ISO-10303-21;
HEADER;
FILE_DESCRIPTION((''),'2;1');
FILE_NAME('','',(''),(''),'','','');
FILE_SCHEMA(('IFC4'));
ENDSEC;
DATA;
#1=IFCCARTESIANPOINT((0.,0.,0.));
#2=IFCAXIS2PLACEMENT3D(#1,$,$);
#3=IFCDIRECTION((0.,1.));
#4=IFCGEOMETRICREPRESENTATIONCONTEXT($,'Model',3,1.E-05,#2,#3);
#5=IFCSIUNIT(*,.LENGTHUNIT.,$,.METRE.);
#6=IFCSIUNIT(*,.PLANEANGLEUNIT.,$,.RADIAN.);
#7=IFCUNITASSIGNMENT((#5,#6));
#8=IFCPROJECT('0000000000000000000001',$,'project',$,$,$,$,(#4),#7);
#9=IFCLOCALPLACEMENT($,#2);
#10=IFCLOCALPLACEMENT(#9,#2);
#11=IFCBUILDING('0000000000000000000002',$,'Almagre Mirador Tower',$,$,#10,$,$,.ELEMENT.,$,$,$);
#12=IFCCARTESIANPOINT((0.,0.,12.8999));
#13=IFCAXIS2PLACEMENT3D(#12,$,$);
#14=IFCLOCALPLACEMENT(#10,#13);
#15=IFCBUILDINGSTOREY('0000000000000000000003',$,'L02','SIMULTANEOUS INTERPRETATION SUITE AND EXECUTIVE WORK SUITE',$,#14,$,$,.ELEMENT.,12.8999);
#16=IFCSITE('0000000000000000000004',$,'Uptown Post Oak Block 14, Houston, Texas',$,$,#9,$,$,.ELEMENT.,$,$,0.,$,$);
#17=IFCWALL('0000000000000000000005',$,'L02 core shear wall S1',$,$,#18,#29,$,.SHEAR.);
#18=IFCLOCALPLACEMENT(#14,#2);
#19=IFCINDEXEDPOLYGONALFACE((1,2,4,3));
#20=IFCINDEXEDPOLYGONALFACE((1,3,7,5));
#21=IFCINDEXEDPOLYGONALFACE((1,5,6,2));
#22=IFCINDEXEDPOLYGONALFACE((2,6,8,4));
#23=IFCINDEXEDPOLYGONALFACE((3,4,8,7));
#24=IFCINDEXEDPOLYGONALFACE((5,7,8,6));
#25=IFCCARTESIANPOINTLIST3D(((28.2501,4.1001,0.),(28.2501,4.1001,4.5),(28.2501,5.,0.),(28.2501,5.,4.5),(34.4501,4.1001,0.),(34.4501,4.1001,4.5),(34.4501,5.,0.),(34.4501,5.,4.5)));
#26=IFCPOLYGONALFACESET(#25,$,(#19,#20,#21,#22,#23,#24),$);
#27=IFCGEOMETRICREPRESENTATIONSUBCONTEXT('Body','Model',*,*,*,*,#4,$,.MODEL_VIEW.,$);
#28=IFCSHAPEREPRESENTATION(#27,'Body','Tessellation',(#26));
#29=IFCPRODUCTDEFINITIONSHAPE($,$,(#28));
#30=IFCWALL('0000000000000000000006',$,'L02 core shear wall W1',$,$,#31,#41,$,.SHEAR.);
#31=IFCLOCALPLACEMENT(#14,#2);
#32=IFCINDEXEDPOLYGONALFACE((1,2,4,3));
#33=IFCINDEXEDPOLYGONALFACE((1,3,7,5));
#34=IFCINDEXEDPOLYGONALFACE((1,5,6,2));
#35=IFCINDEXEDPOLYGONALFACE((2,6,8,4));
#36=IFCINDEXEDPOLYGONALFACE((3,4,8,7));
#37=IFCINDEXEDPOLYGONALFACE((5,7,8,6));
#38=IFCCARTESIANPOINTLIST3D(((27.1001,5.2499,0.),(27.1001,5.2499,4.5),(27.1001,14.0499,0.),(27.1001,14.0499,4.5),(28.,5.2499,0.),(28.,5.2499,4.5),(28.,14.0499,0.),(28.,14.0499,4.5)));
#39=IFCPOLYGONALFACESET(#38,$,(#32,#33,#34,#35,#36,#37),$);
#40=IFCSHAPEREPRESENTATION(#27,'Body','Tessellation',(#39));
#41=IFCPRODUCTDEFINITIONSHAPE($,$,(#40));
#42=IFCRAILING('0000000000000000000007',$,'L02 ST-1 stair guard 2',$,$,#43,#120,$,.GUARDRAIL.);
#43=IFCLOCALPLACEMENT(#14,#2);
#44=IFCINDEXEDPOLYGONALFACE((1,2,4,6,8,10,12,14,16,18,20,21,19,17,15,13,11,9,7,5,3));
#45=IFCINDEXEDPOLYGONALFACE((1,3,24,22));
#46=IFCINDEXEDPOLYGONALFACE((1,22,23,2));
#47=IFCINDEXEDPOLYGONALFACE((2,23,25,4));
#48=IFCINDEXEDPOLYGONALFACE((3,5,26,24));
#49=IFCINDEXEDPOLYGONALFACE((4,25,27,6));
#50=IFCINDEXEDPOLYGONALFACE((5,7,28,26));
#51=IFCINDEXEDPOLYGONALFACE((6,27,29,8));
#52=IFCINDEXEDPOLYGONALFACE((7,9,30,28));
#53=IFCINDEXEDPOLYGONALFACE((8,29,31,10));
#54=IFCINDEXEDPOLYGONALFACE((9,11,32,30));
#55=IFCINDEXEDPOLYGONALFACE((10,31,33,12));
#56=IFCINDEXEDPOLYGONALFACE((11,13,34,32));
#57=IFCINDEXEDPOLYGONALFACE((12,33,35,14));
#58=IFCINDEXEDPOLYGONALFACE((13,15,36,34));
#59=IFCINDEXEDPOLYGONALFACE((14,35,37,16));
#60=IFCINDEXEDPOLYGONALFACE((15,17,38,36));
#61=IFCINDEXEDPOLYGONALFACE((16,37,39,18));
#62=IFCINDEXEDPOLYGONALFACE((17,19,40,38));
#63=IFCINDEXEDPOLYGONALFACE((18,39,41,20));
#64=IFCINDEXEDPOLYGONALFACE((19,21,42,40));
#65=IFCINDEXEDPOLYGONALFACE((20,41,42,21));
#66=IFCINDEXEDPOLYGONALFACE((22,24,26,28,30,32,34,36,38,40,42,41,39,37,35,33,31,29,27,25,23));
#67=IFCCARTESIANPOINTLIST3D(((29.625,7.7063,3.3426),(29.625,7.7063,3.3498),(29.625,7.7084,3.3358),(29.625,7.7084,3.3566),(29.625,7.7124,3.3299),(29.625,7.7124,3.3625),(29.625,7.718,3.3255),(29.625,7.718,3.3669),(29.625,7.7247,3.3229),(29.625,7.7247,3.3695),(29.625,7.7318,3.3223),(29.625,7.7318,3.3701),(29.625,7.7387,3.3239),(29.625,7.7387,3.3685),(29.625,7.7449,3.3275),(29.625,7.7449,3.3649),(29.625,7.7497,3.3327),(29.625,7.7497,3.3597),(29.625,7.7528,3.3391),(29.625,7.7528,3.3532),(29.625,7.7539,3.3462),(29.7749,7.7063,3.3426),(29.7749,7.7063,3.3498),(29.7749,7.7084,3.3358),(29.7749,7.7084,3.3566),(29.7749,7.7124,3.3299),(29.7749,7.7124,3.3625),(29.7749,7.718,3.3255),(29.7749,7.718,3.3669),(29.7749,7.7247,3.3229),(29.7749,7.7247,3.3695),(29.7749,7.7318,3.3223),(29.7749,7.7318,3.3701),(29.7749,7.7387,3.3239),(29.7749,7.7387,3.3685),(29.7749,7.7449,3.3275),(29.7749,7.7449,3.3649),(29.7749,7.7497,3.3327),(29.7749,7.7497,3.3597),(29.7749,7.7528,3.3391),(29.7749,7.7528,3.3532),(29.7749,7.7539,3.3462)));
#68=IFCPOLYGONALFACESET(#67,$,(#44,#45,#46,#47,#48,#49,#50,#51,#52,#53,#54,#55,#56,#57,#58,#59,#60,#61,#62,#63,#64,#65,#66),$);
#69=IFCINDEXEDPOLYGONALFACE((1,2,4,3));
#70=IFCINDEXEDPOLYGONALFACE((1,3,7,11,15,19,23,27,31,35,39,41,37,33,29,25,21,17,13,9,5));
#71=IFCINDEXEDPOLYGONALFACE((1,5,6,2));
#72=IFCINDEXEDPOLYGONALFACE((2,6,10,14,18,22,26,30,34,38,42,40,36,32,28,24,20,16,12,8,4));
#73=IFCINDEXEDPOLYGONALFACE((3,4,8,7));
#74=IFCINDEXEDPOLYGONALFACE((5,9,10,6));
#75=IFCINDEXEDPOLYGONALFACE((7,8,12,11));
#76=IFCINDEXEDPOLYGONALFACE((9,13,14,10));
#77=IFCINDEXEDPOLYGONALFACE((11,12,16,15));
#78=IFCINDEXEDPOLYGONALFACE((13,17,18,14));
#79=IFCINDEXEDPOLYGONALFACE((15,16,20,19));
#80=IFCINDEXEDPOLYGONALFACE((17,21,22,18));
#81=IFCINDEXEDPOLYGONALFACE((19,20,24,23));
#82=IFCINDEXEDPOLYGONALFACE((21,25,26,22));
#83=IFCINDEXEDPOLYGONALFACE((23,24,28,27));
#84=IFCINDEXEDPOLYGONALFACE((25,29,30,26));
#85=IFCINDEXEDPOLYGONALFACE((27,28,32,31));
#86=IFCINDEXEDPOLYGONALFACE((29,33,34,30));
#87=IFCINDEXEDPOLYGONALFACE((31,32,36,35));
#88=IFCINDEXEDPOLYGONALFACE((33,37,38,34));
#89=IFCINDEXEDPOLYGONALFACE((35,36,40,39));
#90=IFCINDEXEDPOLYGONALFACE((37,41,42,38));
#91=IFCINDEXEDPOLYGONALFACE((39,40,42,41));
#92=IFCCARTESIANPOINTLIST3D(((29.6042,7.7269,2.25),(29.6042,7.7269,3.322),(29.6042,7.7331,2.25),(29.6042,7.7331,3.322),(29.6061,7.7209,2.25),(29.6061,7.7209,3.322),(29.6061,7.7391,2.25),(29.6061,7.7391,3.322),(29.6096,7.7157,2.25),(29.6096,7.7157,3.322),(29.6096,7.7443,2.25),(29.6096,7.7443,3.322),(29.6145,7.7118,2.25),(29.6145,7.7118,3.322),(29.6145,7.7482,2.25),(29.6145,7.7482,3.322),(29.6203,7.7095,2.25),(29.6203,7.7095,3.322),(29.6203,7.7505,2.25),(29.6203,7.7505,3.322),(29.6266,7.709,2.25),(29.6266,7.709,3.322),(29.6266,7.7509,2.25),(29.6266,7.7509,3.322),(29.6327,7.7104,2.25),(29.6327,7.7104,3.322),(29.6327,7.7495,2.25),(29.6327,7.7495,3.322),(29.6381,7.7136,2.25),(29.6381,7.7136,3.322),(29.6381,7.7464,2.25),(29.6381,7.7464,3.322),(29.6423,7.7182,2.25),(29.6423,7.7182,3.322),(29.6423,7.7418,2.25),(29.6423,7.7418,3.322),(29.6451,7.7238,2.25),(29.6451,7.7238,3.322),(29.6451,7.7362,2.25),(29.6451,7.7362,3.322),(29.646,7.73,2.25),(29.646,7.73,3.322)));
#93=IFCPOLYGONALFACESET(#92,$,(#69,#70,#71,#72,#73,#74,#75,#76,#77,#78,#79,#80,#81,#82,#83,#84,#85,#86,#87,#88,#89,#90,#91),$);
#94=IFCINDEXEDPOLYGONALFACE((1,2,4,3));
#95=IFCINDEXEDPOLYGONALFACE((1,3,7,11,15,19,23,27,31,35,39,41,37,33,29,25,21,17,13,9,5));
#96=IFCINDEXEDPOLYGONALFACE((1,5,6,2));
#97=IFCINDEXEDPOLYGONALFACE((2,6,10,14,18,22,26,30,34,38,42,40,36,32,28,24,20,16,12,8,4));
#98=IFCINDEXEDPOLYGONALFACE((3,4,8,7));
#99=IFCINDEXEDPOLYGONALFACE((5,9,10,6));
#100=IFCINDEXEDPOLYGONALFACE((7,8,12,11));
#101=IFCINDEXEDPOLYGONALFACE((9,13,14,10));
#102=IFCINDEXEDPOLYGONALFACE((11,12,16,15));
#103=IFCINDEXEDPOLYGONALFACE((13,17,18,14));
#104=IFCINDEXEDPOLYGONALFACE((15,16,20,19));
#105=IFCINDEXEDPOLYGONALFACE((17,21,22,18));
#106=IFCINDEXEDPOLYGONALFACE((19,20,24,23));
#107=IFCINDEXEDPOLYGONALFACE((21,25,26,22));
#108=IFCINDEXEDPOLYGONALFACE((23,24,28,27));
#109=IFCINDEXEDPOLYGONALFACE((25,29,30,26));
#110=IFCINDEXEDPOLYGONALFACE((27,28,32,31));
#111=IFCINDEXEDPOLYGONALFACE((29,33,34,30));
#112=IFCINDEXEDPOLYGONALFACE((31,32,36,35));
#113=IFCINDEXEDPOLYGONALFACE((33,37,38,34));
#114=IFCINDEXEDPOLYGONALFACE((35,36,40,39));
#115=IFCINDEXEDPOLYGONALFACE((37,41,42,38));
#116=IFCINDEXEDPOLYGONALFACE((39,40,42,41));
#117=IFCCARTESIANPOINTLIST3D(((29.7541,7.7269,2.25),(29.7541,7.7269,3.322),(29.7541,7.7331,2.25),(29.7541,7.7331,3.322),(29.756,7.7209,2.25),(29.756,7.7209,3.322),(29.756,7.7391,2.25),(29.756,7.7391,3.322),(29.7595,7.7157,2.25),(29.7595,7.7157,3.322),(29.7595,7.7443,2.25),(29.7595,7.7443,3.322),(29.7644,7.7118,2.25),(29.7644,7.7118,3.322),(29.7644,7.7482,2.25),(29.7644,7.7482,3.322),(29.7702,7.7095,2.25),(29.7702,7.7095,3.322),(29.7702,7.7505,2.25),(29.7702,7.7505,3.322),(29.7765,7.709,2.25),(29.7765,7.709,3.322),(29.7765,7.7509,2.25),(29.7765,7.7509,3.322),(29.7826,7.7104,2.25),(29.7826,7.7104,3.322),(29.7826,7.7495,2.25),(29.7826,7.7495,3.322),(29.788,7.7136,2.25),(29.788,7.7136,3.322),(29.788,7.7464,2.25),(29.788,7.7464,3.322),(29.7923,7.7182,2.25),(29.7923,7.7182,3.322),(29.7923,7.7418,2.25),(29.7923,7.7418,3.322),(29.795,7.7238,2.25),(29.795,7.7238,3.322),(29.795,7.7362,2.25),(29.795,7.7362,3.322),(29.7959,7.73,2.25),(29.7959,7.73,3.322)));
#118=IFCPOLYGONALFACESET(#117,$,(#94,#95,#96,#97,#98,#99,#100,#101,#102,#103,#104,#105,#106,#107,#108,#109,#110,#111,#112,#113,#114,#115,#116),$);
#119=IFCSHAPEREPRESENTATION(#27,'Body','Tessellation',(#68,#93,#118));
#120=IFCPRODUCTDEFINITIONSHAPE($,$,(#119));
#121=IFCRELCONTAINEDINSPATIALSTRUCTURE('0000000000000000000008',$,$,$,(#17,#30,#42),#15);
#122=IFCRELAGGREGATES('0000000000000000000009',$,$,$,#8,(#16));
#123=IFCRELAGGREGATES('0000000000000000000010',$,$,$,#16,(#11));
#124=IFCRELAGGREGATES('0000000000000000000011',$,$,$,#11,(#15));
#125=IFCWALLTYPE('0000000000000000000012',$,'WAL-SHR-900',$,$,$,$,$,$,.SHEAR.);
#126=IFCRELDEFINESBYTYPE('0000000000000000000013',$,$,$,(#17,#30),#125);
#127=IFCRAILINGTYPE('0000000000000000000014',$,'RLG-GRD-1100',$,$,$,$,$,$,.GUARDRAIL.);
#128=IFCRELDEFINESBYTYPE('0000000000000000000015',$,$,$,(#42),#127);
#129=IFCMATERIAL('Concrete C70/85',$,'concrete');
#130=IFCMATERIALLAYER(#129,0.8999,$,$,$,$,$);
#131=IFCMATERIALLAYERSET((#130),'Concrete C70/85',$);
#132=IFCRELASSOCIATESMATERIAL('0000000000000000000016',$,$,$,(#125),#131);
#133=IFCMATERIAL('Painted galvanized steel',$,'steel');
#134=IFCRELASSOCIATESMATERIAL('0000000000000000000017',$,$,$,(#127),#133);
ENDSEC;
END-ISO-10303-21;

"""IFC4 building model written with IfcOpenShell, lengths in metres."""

from ifc_helpers import new_model, si_unit, direction, frame, frame_2d, origin, origin_2d, place, context, subcontext, project, spatial, rectangle, circle, extrude, material, layer, layer_set, type_object, element, save


model = new_model("IFC4")

# Units and contexts
model_context = context("Model", 3, precision=1e-05, world=origin(), true_north=direction((0.0, 1.0)))
body_context = subcontext(model_context, "Body", "Model", "MODEL_VIEW")
ifc_project = project(units=[si_unit("LENGTHUNIT", "METRE"), si_unit("PLANEANGLEUNIT", "RADIAN")], contexts=[model_context])

# Site, building, storey
site_placement = place(None, origin())
site = spatial("IfcSite", under=ifc_project, at=site_placement, Name="Uptown Post Oak Block 14, Houston, Texas", CompositionType="ELEMENT", RefElevation=0.0)
building_placement = place(site_placement, origin())
building = spatial("IfcBuilding", under=site, at=building_placement, Name="Almagre Mirador Tower", CompositionType="ELEMENT")
storey_placement = place(building_placement, frame((0.0, 0.0, 12.8999)))
storey = spatial("IfcBuildingStorey", under=building, at=storey_placement, Name="L02", Description="SIMULTANEOUS INTERPRETATION SUITE AND EXECUTIVE WORK SUITE", CompositionType="ELEMENT", Elevation=12.8999)

# Walls
ifc_material_1 = material(Name="Concrete C70/85", Category="concrete")
ifc_layer_1 = layer(ifc_material_1, 0.8999)
ifc_layer_set_1 = layer_set([ifc_layer_1], Name="Concrete C70/85")
wall_type_1 = type_object("IfcWallType", Name="WAL-SHR-900", PredefinedType="SHEAR", material=ifc_layer_set_1)
wall_1_placement = place(storey_placement, frame((28.25, 4.55, 0.0), z_axis=(0.0, 0.0, 1.0), x_axis=(1.0, 0.0, 0.0)))
element("IfcWall", 1, at=wall_1_placement, inside=storey, type_object=wall_type_1, Name="L02 core shear wall S1", PredefinedType="SHEAR", context=body_context, shape_type="SweptSolid", body=[
    extrude(rectangle(XDim=6.2, YDim=0.8999, at=frame_2d((3.1001, 0.0))), origin(), (0.0, 0.0, 1.0), 4.5),
])
wall_2_placement = place(storey_placement, frame((27.55, 5.25, 0.0), z_axis=(0.0, 0.0, 1.0), x_axis=(0.0, 1.0, 0.0)))
element("IfcWall", 2, at=wall_2_placement, inside=storey, type_object=wall_type_1, Name="L02 core shear wall W1", PredefinedType="SHEAR", context=body_context, shape_type="SweptSolid", body=[
    extrude(rectangle(XDim=8.8, YDim=0.8999, at=frame_2d((4.3999, 0.0))), origin(), (0.0, 0.0, 1.0), 4.5),
])

# Railing
ifc_material_2 = material(Name="Painted galvanized steel", Category="steel")
railing_type = type_object("IfcRailingType", Name="RLG-GRD-1100", PredefinedType="GUARDRAIL", material=ifc_material_2)
railing_1_placement = place(storey_placement, frame((29.625, 7.73, 2.25)))
element("IfcRailing", 3, at=railing_1_placement, inside=storey, type_object=railing_type, Name="L02 ST-1 stair guard 2", PredefinedType="GUARDRAIL", context=body_context, shape_type="SweptSolid", body=[
    extrude(circle(Radius=0.0239, at=origin_2d()), frame((0.0, 0.0, 1.0962), z_axis=(1.0, 0.0, 0.0), x_axis=(0.0, 1.0, 0.0)), (0.0, 0.0, 1.0), 0.1499),
    extrude(circle(Radius=0.021, at=origin_2d()), origin(), (0.0, 0.0, 1.0), 1.072),
    extrude(circle(Radius=0.021, at=origin_2d()), frame((0.1499, 0.0, 0.0)), (0.0, 0.0, 1.0), 1.072),
])

save(model, "model.ifc")
